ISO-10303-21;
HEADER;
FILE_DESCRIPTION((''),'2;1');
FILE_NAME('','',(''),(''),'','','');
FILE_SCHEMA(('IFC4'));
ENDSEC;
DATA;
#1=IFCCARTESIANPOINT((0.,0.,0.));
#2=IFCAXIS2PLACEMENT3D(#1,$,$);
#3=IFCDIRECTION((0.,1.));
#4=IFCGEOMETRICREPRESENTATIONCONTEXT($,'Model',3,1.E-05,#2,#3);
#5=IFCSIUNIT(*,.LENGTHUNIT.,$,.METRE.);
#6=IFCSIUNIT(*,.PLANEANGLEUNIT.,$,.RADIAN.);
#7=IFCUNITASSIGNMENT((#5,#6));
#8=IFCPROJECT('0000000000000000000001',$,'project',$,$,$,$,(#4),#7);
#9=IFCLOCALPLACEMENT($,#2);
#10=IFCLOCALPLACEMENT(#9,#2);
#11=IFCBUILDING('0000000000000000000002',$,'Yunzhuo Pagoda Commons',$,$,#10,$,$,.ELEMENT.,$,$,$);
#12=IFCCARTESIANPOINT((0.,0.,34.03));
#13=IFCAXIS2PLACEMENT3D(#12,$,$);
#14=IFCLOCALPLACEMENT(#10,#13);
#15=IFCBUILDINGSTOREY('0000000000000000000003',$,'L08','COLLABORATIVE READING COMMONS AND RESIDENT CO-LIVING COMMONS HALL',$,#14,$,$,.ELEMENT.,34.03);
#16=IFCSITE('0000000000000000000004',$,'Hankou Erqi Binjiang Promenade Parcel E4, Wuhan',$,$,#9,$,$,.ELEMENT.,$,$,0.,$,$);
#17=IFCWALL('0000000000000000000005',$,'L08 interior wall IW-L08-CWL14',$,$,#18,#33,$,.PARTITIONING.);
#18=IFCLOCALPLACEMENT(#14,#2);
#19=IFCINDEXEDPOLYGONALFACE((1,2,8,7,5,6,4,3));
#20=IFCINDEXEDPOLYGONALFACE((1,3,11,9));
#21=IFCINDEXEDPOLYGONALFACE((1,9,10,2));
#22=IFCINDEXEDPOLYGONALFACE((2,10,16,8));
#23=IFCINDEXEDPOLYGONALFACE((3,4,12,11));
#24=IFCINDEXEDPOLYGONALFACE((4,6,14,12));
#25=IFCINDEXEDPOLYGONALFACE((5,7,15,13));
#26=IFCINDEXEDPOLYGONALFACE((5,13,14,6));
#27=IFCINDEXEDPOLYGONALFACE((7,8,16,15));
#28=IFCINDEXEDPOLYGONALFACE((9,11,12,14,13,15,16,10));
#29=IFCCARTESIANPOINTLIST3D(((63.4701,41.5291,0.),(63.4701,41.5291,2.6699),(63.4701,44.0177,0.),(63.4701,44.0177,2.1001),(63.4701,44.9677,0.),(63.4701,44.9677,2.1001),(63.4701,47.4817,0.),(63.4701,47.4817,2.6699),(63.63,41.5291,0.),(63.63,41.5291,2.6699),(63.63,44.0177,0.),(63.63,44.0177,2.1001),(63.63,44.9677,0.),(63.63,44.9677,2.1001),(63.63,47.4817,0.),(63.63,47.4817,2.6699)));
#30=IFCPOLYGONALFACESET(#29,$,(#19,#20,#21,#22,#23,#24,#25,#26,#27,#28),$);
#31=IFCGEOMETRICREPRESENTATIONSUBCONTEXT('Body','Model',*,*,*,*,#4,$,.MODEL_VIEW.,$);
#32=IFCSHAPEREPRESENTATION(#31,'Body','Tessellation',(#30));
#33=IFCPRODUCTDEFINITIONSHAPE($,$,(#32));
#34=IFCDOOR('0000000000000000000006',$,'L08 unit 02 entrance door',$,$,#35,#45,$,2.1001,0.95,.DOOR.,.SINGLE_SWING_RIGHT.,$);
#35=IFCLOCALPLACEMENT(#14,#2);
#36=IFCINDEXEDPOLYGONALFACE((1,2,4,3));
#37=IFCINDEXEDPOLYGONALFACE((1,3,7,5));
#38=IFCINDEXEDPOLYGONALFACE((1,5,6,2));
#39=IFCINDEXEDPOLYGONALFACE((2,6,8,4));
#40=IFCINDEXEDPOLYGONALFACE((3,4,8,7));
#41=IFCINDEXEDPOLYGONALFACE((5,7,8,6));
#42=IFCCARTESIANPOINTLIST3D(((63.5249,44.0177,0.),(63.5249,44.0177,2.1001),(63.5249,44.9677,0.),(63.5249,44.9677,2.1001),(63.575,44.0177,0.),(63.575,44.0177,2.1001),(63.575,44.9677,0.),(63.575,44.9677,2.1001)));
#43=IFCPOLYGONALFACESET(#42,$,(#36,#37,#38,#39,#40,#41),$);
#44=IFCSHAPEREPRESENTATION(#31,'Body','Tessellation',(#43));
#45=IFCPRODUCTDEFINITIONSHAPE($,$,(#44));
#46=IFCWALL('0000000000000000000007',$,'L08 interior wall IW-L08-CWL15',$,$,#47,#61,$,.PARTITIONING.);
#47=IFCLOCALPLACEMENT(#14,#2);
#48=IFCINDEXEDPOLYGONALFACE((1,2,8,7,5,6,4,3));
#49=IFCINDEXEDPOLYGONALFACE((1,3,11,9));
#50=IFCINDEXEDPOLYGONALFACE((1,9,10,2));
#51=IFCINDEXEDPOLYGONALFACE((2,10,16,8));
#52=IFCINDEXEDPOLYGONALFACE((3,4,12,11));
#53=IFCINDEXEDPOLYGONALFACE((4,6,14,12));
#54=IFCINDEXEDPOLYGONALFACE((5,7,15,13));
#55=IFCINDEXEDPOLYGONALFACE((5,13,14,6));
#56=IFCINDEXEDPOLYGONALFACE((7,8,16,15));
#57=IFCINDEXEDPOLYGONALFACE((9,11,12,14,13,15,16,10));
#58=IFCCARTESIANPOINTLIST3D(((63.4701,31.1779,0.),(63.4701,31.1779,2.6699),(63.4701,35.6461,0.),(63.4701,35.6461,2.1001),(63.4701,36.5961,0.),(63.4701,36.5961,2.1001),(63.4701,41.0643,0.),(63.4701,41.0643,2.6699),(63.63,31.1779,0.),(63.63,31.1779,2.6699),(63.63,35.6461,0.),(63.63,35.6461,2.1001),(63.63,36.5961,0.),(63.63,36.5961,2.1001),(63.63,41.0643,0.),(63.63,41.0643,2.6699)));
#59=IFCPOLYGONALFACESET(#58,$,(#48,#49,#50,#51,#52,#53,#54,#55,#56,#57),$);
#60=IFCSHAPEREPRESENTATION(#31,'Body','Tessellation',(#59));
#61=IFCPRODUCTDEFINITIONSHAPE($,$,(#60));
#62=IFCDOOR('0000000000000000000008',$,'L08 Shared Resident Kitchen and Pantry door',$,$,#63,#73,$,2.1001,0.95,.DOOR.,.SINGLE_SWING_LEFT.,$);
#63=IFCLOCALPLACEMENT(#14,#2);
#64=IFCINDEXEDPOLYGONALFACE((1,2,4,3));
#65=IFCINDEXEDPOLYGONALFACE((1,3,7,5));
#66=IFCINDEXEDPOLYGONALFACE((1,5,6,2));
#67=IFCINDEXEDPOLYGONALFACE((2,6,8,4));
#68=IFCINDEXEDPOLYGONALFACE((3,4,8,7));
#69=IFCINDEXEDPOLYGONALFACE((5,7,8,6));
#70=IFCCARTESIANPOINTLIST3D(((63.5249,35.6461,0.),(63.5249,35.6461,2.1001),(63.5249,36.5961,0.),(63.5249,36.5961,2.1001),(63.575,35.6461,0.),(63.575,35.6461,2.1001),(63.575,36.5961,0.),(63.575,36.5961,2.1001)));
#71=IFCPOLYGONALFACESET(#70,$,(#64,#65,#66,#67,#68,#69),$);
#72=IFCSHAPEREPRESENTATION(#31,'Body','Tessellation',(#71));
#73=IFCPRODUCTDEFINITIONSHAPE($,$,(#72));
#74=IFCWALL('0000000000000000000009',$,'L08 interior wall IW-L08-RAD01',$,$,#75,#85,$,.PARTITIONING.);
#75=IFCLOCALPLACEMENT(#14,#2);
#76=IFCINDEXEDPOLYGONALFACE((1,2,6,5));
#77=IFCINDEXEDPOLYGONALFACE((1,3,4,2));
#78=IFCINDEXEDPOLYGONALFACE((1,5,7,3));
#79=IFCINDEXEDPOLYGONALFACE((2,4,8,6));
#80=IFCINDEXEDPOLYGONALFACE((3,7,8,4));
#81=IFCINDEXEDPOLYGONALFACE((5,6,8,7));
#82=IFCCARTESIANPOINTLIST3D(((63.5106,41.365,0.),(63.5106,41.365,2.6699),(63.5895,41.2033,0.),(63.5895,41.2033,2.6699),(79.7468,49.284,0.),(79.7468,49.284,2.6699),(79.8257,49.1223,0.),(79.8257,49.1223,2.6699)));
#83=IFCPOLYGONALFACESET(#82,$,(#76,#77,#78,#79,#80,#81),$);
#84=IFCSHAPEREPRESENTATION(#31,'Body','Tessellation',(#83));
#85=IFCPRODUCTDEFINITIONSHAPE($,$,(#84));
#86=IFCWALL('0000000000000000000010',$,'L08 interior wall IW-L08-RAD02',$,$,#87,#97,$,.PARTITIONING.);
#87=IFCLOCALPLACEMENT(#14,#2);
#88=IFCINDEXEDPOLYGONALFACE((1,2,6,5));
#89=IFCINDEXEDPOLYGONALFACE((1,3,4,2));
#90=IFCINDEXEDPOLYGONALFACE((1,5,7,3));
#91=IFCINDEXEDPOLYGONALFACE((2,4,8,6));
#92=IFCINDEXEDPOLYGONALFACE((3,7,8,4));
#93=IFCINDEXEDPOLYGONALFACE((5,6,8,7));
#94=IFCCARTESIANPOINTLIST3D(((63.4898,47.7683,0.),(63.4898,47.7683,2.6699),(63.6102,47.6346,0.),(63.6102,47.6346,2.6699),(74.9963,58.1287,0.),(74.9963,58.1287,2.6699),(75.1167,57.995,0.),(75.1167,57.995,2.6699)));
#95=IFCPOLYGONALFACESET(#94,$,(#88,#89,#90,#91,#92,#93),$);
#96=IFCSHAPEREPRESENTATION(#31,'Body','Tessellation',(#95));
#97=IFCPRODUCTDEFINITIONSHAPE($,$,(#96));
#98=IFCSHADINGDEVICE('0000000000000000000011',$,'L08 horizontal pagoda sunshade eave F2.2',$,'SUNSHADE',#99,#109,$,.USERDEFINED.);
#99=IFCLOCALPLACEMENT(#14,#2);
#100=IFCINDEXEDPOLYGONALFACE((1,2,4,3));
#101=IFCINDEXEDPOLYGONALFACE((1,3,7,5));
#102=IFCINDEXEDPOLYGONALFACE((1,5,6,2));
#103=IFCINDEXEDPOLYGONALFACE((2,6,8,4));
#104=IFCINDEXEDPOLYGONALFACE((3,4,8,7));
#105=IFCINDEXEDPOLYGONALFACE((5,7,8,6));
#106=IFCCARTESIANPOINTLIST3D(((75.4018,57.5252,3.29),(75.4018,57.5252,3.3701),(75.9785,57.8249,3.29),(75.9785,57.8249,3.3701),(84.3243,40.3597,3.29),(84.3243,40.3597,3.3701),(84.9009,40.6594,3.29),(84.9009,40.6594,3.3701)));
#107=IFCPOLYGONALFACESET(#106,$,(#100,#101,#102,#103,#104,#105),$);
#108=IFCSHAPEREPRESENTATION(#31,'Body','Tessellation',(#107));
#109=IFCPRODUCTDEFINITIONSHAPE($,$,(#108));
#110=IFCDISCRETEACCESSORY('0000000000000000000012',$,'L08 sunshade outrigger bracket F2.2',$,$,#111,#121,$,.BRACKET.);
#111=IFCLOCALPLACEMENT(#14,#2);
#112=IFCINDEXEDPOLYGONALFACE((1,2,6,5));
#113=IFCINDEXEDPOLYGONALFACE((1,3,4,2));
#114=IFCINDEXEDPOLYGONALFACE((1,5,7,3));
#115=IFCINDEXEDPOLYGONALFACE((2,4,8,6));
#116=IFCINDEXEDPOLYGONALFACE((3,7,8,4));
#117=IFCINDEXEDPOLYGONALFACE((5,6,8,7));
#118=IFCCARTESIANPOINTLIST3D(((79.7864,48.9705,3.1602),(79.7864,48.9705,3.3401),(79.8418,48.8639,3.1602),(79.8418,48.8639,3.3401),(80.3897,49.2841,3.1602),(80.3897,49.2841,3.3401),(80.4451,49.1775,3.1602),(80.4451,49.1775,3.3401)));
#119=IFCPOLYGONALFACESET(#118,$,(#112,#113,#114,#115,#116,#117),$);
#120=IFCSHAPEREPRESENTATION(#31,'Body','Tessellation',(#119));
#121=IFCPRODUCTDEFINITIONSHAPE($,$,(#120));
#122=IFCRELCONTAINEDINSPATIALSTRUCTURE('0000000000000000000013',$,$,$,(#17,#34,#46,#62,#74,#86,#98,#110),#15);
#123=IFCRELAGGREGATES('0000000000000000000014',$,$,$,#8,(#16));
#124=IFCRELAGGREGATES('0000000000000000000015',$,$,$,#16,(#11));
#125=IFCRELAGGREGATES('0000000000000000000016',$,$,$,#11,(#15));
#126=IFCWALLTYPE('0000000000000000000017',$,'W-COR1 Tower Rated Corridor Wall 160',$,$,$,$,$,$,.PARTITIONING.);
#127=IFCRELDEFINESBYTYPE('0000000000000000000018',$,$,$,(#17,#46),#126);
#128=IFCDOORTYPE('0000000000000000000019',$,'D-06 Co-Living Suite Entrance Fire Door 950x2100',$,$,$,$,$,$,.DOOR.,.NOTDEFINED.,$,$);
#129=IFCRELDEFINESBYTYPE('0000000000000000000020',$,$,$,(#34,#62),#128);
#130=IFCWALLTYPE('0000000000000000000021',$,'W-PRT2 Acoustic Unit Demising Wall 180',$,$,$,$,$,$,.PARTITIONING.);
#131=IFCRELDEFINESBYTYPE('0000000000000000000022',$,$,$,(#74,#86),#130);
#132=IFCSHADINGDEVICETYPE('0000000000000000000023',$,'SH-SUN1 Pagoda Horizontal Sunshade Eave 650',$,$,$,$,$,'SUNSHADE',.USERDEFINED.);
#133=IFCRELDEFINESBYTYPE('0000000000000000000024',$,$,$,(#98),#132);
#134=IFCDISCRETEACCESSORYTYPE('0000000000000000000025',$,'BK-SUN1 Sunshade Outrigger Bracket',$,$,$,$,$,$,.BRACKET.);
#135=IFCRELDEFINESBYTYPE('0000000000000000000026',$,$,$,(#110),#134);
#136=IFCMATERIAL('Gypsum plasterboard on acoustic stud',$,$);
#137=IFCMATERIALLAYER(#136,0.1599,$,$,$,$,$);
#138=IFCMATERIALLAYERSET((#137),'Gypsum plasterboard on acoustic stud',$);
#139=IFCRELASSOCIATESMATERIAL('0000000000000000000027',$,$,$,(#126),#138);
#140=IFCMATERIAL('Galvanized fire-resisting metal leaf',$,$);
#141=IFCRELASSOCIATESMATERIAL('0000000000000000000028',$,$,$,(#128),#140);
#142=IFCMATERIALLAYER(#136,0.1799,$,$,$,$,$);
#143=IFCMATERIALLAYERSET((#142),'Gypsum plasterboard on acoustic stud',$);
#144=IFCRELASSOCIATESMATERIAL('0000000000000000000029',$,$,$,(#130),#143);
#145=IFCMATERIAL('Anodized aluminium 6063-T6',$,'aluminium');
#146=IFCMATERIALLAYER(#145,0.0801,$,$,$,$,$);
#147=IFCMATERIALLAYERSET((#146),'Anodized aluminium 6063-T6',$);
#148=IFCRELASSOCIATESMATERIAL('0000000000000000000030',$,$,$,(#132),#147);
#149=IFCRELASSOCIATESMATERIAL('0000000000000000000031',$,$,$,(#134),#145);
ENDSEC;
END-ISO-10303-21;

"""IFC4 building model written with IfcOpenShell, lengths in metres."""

from ifc_helpers import new_model, si_unit, direction, frame, frame_2d, origin, origin_with_axes, origin_2d, place, context, subcontext, project, spatial, rectangle, extrude, source, transform, mapped, material, layer, layer_set, type_object, element, fill, save


model = new_model("IFC4")

# Units and contexts
model_context = context("Model", 3, precision=1e-05, world=origin(), true_north=direction((0.0, 1.0)))
body_context = subcontext(model_context, "Body", "Model", "MODEL_VIEW")
ifc_project = project(units=[si_unit("LENGTHUNIT", "METRE"), si_unit("PLANEANGLEUNIT", "RADIAN")], contexts=[model_context])

# Site, building, storey
site_placement = place(None, origin())
site = spatial("IfcSite", under=ifc_project, at=site_placement, Name="Hankou Erqi Binjiang Promenade Parcel E4, Wuhan", CompositionType="ELEMENT", RefElevation=0.0)
building_placement = place(site_placement, origin())
building = spatial("IfcBuilding", under=site, at=building_placement, Name="Yunzhuo Pagoda Commons", CompositionType="ELEMENT")
storey_placement = place(building_placement, frame((0.0, 0.0, 34.03)))
storey = spatial("IfcBuildingStorey", under=building, at=storey_placement, Name="L08", Description="COLLABORATIVE READING COMMONS AND RESIDENT CO-LIVING COMMONS HALL", CompositionType="ELEMENT", Elevation=34.03)

# Shared definitions
ifc_material_1 = material(Name="Anodized aluminium 6063-T6", Category="aluminium")

# Shared definitions
ifc_material_2 = material(Name="Gypsum plasterboard on acoustic stud")
ifc_layer_1 = layer(ifc_material_2, 0.1599)
ifc_layer_set_1 = layer_set([ifc_layer_1], Name="Gypsum plasterboard on acoustic stud")
wall_type_1 = type_object("IfcWallType", Name="W-COR1 Tower Rated Corridor Wall 160", PredefinedType="PARTITIONING", material=ifc_layer_set_1)

# Walls, openings, doors
wall_1_placement = place(storey_placement, frame((63.55, 47.4817, 0.0), z_axis=(0.0, 0.0, 1.0), x_axis=(0.0, -1.0, 0.0)))
wall_1 = element("IfcWall", 1, at=wall_1_placement, inside=storey, type_object=wall_type_1, Name="L08 interior wall IW-L08-CWL14", PredefinedType="PARTITIONING", context=body_context, shape_type="SweptSolid", body=[
    extrude(rectangle(XDim=5.9526, YDim=0.1599, at=frame_2d((2.9763, 0.0))), origin(), (0.0, 0.0, 1.0), 2.6699),
])
opening_1_placement = place(wall_1_placement, frame((2.5139, 0.0, 0.0)))
opening_1 = element("IfcOpeningElement", 2, at=opening_1_placement, cuts=wall_1, PredefinedType="OPENING", context=body_context, shape_type="SweptSolid", body=[
    extrude(rectangle(XDim=0.95, YDim=2.1001, at=frame_2d((0.4751, 1.05))), frame((0.0, 0.0898, 0.0), z_axis=(0.0, -1.0, 0.0), x_axis=(1.0, 0.0, 0.0)), (0.0, 0.0, 1.0), 0.1799),
])
ifc_material_3 = material(Name="Galvanized fire-resisting metal leaf")
door_type = type_object("IfcDoorType", Name="D-06 Co-Living Suite Entrance Fire Door 950x2100", OperationType="NOTDEFINED", PredefinedType="DOOR", material=ifc_material_3)
shared_shape_1 = source(origin(), body_context, "Body", "SweptSolid", [
    extrude(rectangle(XDim=0.95, YDim=2.1001, at=frame_2d((0.4751, 1.05))), frame((0.0, 0.0249, 0.0), z_axis=(0.0, -1.0, 0.0), x_axis=(1.0, 0.0, 0.0)), (0.0, 0.0, 1.0), 0.05),
])
door_1_placement = place(opening_1_placement, origin_with_axes())
door_1 = element("IfcDoor", 3, at=door_1_placement, inside=storey, type_object=door_type, Name="L08 unit 02 entrance door", OperationType="SINGLE_SWING_RIGHT", OverallHeight=2.1001, OverallWidth=0.95, PredefinedType="DOOR", context=body_context, shape_type="MappedRepresentation", body=[
    mapped(shared_shape_1, transform((0.0, 0.0, 0.0), scale=1.0)),
])
fill(opening_1, door_1)
wall_2_placement = place(storey_placement, frame((63.55, 41.0645, 0.0), z_axis=(0.0, 0.0, 1.0), x_axis=(0.0, -1.0, 0.0)))
wall_2 = element("IfcWall", 4, at=wall_2_placement, inside=storey, type_object=wall_type_1, Name="L08 interior wall IW-L08-CWL15", PredefinedType="PARTITIONING", context=body_context, shape_type="SweptSolid", body=[
    extrude(rectangle(XDim=9.8865, YDim=0.1599, at=frame_2d((4.9434, 0.0))), origin(), (0.0, 0.0, 1.0), 2.6699),
])
opening_2_placement = place(wall_2_placement, frame((4.4683, 0.0, 0.0)))
opening_2 = element("IfcOpeningElement", 5, at=opening_2_placement, cuts=wall_2, PredefinedType="OPENING", context=body_context, shape_type="SweptSolid", body=[
    extrude(rectangle(XDim=0.95, YDim=2.1001, at=frame_2d((0.4751, 1.05))), frame((0.0, 0.0898, 0.0), z_axis=(0.0, -1.0, 0.0), x_axis=(1.0, 0.0, 0.0)), (0.0, 0.0, 1.0), 0.1799),
])
door_2_placement = place(opening_2_placement, origin_with_axes())
door_2 = element("IfcDoor", 6, at=door_2_placement, inside=storey, type_object=door_type, Name="L08 Shared Resident Kitchen and Pantry door", OperationType="SINGLE_SWING_LEFT", OverallHeight=2.1001, OverallWidth=0.95, PredefinedType="DOOR", context=body_context, shape_type="MappedRepresentation", body=[
    mapped(shared_shape_1, transform((0.0, 0.0, 0.0), scale=1.0)),
])
fill(opening_2, door_2)

# Walls
ifc_layer_2 = layer(ifc_material_2, 0.1799)
ifc_layer_set_2 = layer_set([ifc_layer_2], Name="Gypsum plasterboard on acoustic stud")
wall_type_2 = type_object("IfcWallType", Name="W-PRT2 Acoustic Unit Demising Wall 180", PredefinedType="PARTITIONING", material=ifc_layer_set_2)
wall_3_placement = place(storey_placement, frame((63.55, 41.2842, 0.0), z_axis=(0.0, 0.0, 1.0), x_axis=(0.898792, 0.438375, 0.0)))
element("IfcWall", 7, at=wall_3_placement, inside=storey, type_object=wall_type_2, Name="L08 interior wall IW-L08-RAD01", PredefinedType="PARTITIONING", context=body_context, shape_type="SweptSolid", body=[
    extrude(rectangle(XDim=18.0645, YDim=0.1799, at=frame_2d((9.0322, 0.0))), origin(), (0.0, 0.0, 1.0), 2.6699),
])
wall_4_placement = place(storey_placement, frame((63.55, 47.7014, 0.0), z_axis=(0.0, 0.0, 1.0), x_axis=(0.743145, 0.66913, 0.0)))
element("IfcWall", 8, at=wall_4_placement, inside=storey, type_object=wall_type_2, Name="L08 interior wall IW-L08-RAD02", PredefinedType="PARTITIONING", context=body_context, shape_type="SweptSolid", body=[
    extrude(rectangle(XDim=15.4834, YDim=0.1799, at=frame_2d((7.7417, 0.0))), origin(), (0.0, 0.0, 1.0), 2.6699),
])

# Shading device
ifc_layer_3 = layer(ifc_material_1, 0.0801)
ifc_layer_set_3 = layer_set([ifc_layer_3], Name="Anodized aluminium 6063-T6")
shading_device_type = type_object("IfcShadingDeviceType", Name="SH-SUN1 Pagoda Horizontal Sunshade Eave 650", ElementType="SUNSHADE", PredefinedType="USERDEFINED", material=ifc_layer_set_3)
shared_shape_2 = source(origin(), body_context, "Body", "SweptSolid", [
    extrude(rectangle(XDim=19.3459, YDim=0.6499, at=origin_2d()), origin(), (0.0, 0.0, 1.0), 0.0801),
])
shading_device_placement = place(storey_placement, frame((80.1514, 49.0923, 3.29), z_axis=(0.0, 0.0, 1.0), x_axis=(-0.461207, 0.887293, 0.0)))
element("IfcShadingDevice", 9, at=shading_device_placement, inside=storey, type_object=shading_device_type, Name="L08 horizontal pagoda sunshade eave F2.2", ObjectType="SUNSHADE", PredefinedType="USERDEFINED", context=body_context, shape_type="MappedRepresentation", body=[
    mapped(shared_shape_2, transform((0.0, 0.0, 0.0), scale=1.0)),
])

# Discrete accessory
discrete_accessory_type = type_object("IfcDiscreteAccessoryType", Name="BK-SUN1 Sunshade Outrigger Bracket", PredefinedType="BRACKET", material=ifc_material_1)
shared_shape_3 = source(origin(), body_context, "Body", "SweptSolid", [
    extrude(rectangle(XDim=0.1201, YDim=0.6799, at=origin_2d()), origin(), (0.0, 0.0, 1.0), 0.1799),
])
discrete_accessory_placement = place(storey_placement, frame((80.1157, 49.074, 3.1602), z_axis=(0.0, 0.0, 1.0), x_axis=(-0.461207, 0.887293, 0.0)))
element("IfcDiscreteAccessory", 10, at=discrete_accessory_placement, inside=storey, type_object=discrete_accessory_type, Name="L08 sunshade outrigger bracket F2.2", PredefinedType="BRACKET", context=body_context, shape_type="MappedRepresentation", body=[
    mapped(shared_shape_3, transform((0.0, 0.0, 0.0), scale=1.0)),
])

save(model, "model.ifc")
